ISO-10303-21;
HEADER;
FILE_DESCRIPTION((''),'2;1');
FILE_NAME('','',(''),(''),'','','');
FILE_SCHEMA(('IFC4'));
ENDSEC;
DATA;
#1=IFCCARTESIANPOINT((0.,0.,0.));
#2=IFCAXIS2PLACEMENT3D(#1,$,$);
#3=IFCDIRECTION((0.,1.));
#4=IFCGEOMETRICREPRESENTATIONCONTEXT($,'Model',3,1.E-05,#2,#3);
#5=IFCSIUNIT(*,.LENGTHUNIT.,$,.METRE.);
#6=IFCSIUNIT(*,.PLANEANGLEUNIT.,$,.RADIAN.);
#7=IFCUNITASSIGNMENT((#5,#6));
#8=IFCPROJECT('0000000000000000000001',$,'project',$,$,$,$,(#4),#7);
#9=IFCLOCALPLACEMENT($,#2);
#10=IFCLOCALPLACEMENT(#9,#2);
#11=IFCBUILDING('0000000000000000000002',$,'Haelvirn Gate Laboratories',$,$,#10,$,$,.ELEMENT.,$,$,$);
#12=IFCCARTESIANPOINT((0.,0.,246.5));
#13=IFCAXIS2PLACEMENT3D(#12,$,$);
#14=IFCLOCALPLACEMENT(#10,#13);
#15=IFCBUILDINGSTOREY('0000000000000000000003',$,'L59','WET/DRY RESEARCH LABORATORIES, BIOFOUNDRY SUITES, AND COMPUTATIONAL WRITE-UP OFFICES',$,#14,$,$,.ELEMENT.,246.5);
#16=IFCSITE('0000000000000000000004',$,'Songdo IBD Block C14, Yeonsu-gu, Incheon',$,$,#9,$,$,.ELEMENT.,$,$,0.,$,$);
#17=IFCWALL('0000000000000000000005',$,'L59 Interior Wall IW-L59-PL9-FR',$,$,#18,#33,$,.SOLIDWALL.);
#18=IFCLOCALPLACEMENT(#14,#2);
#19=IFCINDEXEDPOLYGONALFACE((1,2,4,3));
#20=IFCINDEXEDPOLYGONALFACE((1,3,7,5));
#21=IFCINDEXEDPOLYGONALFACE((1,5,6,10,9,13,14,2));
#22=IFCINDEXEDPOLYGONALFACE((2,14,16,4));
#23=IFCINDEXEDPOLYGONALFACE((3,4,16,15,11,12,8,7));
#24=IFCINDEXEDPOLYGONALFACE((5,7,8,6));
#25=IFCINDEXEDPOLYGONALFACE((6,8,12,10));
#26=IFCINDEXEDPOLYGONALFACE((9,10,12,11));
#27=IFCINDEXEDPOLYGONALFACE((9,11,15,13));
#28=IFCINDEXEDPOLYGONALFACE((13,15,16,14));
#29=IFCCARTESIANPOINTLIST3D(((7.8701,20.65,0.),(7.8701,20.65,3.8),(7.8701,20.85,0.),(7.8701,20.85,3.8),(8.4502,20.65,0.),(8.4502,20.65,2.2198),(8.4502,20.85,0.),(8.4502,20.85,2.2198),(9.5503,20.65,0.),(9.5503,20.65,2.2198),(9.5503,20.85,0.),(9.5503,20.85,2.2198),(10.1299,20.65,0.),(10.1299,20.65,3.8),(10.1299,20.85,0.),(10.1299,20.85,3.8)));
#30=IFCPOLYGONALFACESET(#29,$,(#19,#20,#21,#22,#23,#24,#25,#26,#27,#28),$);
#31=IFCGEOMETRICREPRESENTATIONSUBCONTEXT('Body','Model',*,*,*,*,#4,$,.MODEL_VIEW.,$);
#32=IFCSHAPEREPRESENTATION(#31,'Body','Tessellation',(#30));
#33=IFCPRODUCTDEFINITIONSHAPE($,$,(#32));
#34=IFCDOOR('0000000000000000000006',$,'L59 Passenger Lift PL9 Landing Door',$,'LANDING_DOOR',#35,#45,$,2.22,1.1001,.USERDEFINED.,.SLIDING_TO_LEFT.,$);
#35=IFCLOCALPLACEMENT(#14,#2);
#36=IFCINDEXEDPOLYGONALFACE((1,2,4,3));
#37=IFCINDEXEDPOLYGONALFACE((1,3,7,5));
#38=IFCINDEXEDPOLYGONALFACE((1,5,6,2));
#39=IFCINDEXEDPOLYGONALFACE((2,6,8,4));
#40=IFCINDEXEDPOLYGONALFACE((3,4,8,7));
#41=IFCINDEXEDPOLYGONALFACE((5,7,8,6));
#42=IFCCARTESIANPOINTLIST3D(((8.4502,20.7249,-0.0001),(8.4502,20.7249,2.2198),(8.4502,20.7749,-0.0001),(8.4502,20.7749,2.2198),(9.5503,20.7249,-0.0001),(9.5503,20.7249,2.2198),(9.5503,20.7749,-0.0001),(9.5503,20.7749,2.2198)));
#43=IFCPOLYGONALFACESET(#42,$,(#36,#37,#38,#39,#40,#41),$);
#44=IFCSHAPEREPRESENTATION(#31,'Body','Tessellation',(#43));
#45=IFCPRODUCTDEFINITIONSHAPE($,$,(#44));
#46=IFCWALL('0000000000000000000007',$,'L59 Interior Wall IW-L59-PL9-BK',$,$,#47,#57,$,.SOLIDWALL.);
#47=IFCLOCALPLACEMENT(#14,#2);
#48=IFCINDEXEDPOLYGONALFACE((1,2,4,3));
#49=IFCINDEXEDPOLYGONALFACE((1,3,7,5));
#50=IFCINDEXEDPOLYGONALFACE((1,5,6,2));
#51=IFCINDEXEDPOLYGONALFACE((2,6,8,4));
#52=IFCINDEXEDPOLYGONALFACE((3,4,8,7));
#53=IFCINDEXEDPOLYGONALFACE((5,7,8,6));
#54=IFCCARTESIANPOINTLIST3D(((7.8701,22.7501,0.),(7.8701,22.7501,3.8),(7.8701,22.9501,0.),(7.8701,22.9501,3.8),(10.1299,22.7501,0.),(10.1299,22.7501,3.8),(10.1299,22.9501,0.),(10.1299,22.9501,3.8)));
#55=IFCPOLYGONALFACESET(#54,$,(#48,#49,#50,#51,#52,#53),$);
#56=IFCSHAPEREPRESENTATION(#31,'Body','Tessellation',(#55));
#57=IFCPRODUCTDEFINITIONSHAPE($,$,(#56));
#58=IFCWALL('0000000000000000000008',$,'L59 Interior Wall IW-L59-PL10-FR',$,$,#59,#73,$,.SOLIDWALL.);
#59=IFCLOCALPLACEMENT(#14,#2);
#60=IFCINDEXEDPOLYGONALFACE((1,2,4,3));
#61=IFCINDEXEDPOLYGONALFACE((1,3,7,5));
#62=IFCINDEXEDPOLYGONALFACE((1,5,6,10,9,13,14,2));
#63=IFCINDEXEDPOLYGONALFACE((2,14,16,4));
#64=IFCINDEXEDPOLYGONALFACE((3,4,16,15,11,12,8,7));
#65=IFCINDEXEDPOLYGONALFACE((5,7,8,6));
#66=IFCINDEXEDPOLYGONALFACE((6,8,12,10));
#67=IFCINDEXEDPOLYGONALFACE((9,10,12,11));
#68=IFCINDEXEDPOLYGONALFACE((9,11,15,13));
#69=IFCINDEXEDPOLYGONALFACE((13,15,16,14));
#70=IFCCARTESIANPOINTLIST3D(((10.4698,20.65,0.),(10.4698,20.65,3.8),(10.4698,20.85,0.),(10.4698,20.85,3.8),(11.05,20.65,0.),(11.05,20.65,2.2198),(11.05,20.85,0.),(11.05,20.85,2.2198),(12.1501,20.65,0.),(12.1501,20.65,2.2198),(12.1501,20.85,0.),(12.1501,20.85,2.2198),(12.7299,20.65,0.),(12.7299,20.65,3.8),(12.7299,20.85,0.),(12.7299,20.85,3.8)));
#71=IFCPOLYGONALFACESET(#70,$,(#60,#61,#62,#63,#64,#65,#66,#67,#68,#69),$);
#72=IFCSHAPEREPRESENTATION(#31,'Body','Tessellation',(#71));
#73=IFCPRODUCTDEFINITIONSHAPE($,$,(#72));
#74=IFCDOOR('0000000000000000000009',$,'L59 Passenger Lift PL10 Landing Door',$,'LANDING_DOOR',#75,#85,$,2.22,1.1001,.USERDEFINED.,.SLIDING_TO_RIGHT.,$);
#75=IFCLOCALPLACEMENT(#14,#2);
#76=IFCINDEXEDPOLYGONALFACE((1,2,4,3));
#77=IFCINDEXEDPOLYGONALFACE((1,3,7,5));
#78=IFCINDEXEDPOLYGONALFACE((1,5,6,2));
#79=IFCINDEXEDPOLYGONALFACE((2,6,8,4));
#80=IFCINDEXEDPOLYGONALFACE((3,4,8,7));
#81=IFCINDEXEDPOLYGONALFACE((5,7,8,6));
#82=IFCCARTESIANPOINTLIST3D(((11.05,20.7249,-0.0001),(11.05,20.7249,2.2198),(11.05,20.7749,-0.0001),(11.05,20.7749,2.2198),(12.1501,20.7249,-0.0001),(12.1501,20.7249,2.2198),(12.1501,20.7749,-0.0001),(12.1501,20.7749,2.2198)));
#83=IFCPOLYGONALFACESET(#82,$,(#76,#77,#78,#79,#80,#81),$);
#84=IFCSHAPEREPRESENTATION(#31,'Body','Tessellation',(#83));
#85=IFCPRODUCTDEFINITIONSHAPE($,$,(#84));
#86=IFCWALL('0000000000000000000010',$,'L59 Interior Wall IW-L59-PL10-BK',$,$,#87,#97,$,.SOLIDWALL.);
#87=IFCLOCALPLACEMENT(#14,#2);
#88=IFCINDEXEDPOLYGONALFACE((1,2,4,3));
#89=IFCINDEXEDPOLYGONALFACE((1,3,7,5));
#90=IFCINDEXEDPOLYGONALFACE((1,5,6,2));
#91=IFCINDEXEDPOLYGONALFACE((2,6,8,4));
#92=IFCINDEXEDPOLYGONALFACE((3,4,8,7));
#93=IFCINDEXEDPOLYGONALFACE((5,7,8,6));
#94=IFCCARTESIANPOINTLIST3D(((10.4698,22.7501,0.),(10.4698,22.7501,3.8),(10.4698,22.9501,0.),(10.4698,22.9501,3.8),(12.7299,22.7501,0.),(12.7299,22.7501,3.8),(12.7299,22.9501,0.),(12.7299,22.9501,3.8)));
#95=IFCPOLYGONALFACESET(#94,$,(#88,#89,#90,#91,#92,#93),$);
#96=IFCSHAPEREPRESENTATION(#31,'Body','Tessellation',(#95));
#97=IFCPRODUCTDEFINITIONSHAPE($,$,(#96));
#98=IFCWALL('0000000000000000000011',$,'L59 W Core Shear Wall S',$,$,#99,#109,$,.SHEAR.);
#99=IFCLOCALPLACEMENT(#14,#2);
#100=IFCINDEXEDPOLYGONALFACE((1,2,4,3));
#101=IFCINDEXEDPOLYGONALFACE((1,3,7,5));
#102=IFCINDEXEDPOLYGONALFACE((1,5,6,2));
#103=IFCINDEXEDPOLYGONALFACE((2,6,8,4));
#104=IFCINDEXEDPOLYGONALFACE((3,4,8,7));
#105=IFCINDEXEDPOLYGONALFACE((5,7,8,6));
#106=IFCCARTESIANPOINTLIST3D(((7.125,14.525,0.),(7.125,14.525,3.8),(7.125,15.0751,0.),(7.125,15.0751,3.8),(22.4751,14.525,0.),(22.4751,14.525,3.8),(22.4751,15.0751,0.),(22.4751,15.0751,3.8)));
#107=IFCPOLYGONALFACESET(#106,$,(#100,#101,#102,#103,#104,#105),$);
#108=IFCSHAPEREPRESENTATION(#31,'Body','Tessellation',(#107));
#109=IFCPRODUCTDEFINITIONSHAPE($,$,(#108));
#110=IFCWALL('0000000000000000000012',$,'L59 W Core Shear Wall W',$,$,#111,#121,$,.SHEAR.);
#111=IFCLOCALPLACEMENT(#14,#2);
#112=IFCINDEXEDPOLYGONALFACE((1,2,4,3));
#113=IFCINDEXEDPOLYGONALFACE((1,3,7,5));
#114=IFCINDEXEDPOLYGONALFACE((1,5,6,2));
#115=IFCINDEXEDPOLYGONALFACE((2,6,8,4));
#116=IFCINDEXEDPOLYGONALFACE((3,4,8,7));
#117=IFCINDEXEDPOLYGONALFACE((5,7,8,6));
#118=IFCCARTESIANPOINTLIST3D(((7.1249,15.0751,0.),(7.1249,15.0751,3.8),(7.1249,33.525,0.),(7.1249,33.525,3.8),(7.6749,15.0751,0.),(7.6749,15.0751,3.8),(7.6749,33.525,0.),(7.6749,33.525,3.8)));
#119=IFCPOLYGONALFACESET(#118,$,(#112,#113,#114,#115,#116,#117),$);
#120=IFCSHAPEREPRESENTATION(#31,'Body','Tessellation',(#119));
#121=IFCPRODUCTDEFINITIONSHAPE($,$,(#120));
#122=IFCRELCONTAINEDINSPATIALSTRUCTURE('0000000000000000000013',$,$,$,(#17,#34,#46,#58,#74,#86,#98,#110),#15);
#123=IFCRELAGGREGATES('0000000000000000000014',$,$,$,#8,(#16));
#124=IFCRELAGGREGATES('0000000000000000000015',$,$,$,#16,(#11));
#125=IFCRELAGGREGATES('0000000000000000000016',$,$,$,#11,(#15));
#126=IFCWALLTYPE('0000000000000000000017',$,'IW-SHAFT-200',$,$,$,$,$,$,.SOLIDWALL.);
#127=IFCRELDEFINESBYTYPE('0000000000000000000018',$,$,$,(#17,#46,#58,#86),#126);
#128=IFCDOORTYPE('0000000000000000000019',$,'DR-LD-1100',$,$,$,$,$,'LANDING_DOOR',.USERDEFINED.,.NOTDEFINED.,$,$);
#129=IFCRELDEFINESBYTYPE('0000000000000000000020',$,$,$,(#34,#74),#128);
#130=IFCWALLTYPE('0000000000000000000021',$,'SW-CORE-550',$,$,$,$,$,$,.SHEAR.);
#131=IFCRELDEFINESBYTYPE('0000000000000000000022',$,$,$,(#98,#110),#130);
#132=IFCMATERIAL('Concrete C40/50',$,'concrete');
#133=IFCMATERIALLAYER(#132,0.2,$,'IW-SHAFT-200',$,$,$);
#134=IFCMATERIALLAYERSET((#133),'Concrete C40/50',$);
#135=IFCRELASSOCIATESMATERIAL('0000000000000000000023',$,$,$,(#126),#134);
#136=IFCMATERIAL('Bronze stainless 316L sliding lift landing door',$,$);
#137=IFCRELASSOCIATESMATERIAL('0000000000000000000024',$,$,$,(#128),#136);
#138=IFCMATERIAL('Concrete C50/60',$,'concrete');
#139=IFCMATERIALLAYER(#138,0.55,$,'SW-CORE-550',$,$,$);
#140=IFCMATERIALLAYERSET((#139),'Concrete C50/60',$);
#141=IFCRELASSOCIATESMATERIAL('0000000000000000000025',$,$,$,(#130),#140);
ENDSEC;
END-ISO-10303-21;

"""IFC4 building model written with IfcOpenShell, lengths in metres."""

from ifc_helpers import new_model, si_unit, direction, frame, frame_2d, origin, place, context, subcontext, project, spatial, rectangle, extrude, source, transform, mapped, material, layer, layer_set, type_object, type_shapes, element, fill, save


model = new_model("IFC4")

# Units and contexts
model_context = context("Model", 3, precision=1e-05, world=origin(), true_north=direction((0.0, 1.0)))
body_context = subcontext(model_context, "Body", "Model", "MODEL_VIEW")
ifc_project = project(units=[si_unit("LENGTHUNIT", "METRE"), si_unit("PLANEANGLEUNIT", "RADIAN")], contexts=[model_context])

# Site, building, storey
site_placement = place(None, origin())
site = spatial("IfcSite", under=ifc_project, at=site_placement, Name="Songdo IBD Block C14, Yeonsu-gu, Incheon", CompositionType="ELEMENT", RefElevation=0.0)
building_placement = place(site_placement, origin())
building = spatial("IfcBuilding", under=site, at=building_placement, Name="Haelvirn Gate Laboratories", CompositionType="ELEMENT")
storey_placement = place(building_placement, frame((0.0, 0.0, 246.5)))
storey = spatial("IfcBuildingStorey", under=building, at=storey_placement, Name="L59", Description="WET/DRY RESEARCH LABORATORIES, BIOFOUNDRY SUITES, AND COMPUTATIONAL WRITE-UP OFFICES", CompositionType="ELEMENT", Elevation=246.5)

# Shared definitions
ifc_material_1 = material(Name="Concrete C50/60", Category="concrete")

# Shared definitions
ifc_material_2 = material(Name="Concrete C40/50", Category="concrete")

# Wall, opening, door
ifc_layer_1 = layer(ifc_material_2, 0.2, Name="IW-SHAFT-200")
ifc_layer_set_1 = layer_set([ifc_layer_1], Name="Concrete C40/50")
wall_type_1 = type_object("IfcWallType", Name="IW-SHAFT-200", PredefinedType="SOLIDWALL", material=ifc_layer_set_1)
wall_1_placement = place(storey_placement, frame((7.8701, 20.75, 0.0), z_axis=(0.0, 0.0, 1.0), x_axis=(1.0, 0.0, 0.0)))
wall_1 = element("IfcWall", 1, at=wall_1_placement, inside=storey, type_object=wall_type_1, Name="L59 Interior Wall IW-L59-PL9-FR", PredefinedType="SOLIDWALL", context=body_context, shape_type="SweptSolid", body=[
    extrude(rectangle(XDim=2.2598, YDim=0.2, at=frame_2d((1.1299, 0.0))), origin(), (0.0, 0.0, 1.0), 3.8),
])
opening_1_placement = place(wall_1_placement, frame((0.5801, 0.0, 0.0)))
opening_1 = element("IfcOpeningElement", 2, at=opening_1_placement, cuts=wall_1, PredefinedType="OPENING", context=body_context, shape_type="SweptSolid", body=[
    extrude(rectangle(XDim=1.1001, YDim=2.22, at=frame_2d((0.55, 1.1099))), frame((0.0, 0.1099, 0.0), z_axis=(0.0, -1.0, 0.0), x_axis=(1.0, 0.0, 0.0)), (0.0, 0.0, 1.0), 0.22),
])
ifc_material_3 = material(Name="Bronze stainless 316L sliding lift landing door")
door_type_1 = type_object("IfcDoorType", Name="DR-LD-1100", ElementType="LANDING_DOOR", OperationType="NOTDEFINED", PredefinedType="USERDEFINED", material=ifc_material_3)
shared_shape_1 = source(origin(), body_context, "Body", "SweptSolid", [
    extrude(rectangle(XDim=1.1001, YDim=2.22, at=frame_2d((0.55, 1.1099))), frame((0.0, 0.0249, 0.0), z_axis=(0.0, -1.0, 0.0), x_axis=(1.0, 0.0, 0.0)), (0.0, 0.0, 1.0), 0.05),
])
type_shapes(door_type_1, [shared_shape_1])
door_1_placement = place(opening_1_placement, origin())
door_1 = element("IfcDoor", 3, at=door_1_placement, inside=storey, type_object=door_type_1, Name="L59 Passenger Lift PL9 Landing Door", ObjectType="LANDING_DOOR", OperationType="SLIDING_TO_LEFT", OverallHeight=2.22, OverallWidth=1.1001, PredefinedType="USERDEFINED", context=body_context, shape_type="MappedRepresentation", body=[
    mapped(shared_shape_1, transform((0.0, 0.0, 0.0), scale=1.0)),
])
fill(opening_1, door_1)

# Wall
wall_2_placement = place(storey_placement, frame((7.8701, 22.8501, 0.0), z_axis=(0.0, 0.0, 1.0), x_axis=(1.0, 0.0, 0.0)))
element("IfcWall", 4, at=wall_2_placement, inside=storey, type_object=wall_type_1, Name="L59 Interior Wall IW-L59-PL9-BK", PredefinedType="SOLIDWALL", context=body_context, shape_type="SweptSolid", body=[
    extrude(rectangle(XDim=2.2598, YDim=0.2, at=frame_2d((1.1299, 0.0))), origin(), (0.0, 0.0, 1.0), 3.8),
])

# Wall, opening, door
wall_3_placement = place(storey_placement, frame((10.47, 20.75, 0.0), z_axis=(0.0, 0.0, 1.0), x_axis=(1.0, 0.0, 0.0)))
wall_3 = element("IfcWall", 5, at=wall_3_placement, inside=storey, type_object=wall_type_1, Name="L59 Interior Wall IW-L59-PL10-FR", PredefinedType="SOLIDWALL", context=body_context, shape_type="SweptSolid", body=[
    extrude(rectangle(XDim=2.26, YDim=0.2, at=frame_2d((1.1299, 0.0))), origin(), (0.0, 0.0, 1.0), 3.8),
])
opening_2_placement = place(wall_3_placement, frame((0.5801, 0.0, 0.0)))
opening_2 = element("IfcOpeningElement", 6, at=opening_2_placement, cuts=wall_3, PredefinedType="OPENING", context=body_context, shape_type="SweptSolid", body=[
    extrude(rectangle(XDim=1.1001, YDim=2.22, at=frame_2d((0.55, 1.1099))), frame((0.0, 0.1099, 0.0), z_axis=(0.0, -1.0, 0.0), x_axis=(1.0, 0.0, 0.0)), (0.0, 0.0, 1.0), 0.22),
])
door_2_placement = place(opening_2_placement, origin())
door_2 = element("IfcDoor", 7, at=door_2_placement, inside=storey, type_object=door_type_1, Name="L59 Passenger Lift PL10 Landing Door", ObjectType="LANDING_DOOR", OperationType="SLIDING_TO_RIGHT", OverallHeight=2.22, OverallWidth=1.1001, PredefinedType="USERDEFINED", context=body_context, shape_type="MappedRepresentation", body=[
    mapped(shared_shape_1, transform((0.0, 0.0, 0.0), scale=1.0)),
])
fill(opening_2, door_2)

# Walls
wall_4_placement = place(storey_placement, frame((10.47, 22.8501, 0.0), z_axis=(0.0, 0.0, 1.0), x_axis=(1.0, 0.0, 0.0)))
element("IfcWall", 8, at=wall_4_placement, inside=storey, type_object=wall_type_1, Name="L59 Interior Wall IW-L59-PL10-BK", PredefinedType="SOLIDWALL", context=body_context, shape_type="SweptSolid", body=[
    extrude(rectangle(XDim=2.26, YDim=0.2, at=frame_2d((1.1299, 0.0))), origin(), (0.0, 0.0, 1.0), 3.8),
])
ifc_layer_2 = layer(ifc_material_1, 0.55, Name="SW-CORE-550")
ifc_layer_set_2 = layer_set([ifc_layer_2], Name="Concrete C50/60")
wall_type_2 = type_object("IfcWallType", Name="SW-CORE-550", PredefinedType="SHEAR", material=ifc_layer_set_2)
wall_5_placement = place(storey_placement, frame((7.125, 14.8, 0.0), z_axis=(0.0, 0.0, 1.0), x_axis=(1.0, 0.0, 0.0)))
element("IfcWall", 9, at=wall_5_placement, inside=storey, type_object=wall_type_2, Name="L59 W Core Shear Wall S", PredefinedType="SHEAR", context=body_context, shape_type="SweptSolid", body=[
    extrude(rectangle(XDim=15.3501, YDim=0.55, at=frame_2d((7.675, 0.0))), origin(), (0.0, 0.0, 1.0), 3.8),
])
wall_6_placement = place(storey_placement, frame((7.3999, 15.075, 0.0), z_axis=(0.0, 0.0, 1.0), x_axis=(0.0, 1.0, 0.0)))
element("IfcWall", 10, at=wall_6_placement, inside=storey, type_object=wall_type_2, Name="L59 W Core Shear Wall W", PredefinedType="SHEAR", context=body_context, shape_type="SweptSolid", body=[
    extrude(rectangle(XDim=18.45, YDim=0.55, at=frame_2d((9.2251, 0.0))), origin(), (0.0, 0.0, 1.0), 3.8),
])

save(model, "model.ifc")
